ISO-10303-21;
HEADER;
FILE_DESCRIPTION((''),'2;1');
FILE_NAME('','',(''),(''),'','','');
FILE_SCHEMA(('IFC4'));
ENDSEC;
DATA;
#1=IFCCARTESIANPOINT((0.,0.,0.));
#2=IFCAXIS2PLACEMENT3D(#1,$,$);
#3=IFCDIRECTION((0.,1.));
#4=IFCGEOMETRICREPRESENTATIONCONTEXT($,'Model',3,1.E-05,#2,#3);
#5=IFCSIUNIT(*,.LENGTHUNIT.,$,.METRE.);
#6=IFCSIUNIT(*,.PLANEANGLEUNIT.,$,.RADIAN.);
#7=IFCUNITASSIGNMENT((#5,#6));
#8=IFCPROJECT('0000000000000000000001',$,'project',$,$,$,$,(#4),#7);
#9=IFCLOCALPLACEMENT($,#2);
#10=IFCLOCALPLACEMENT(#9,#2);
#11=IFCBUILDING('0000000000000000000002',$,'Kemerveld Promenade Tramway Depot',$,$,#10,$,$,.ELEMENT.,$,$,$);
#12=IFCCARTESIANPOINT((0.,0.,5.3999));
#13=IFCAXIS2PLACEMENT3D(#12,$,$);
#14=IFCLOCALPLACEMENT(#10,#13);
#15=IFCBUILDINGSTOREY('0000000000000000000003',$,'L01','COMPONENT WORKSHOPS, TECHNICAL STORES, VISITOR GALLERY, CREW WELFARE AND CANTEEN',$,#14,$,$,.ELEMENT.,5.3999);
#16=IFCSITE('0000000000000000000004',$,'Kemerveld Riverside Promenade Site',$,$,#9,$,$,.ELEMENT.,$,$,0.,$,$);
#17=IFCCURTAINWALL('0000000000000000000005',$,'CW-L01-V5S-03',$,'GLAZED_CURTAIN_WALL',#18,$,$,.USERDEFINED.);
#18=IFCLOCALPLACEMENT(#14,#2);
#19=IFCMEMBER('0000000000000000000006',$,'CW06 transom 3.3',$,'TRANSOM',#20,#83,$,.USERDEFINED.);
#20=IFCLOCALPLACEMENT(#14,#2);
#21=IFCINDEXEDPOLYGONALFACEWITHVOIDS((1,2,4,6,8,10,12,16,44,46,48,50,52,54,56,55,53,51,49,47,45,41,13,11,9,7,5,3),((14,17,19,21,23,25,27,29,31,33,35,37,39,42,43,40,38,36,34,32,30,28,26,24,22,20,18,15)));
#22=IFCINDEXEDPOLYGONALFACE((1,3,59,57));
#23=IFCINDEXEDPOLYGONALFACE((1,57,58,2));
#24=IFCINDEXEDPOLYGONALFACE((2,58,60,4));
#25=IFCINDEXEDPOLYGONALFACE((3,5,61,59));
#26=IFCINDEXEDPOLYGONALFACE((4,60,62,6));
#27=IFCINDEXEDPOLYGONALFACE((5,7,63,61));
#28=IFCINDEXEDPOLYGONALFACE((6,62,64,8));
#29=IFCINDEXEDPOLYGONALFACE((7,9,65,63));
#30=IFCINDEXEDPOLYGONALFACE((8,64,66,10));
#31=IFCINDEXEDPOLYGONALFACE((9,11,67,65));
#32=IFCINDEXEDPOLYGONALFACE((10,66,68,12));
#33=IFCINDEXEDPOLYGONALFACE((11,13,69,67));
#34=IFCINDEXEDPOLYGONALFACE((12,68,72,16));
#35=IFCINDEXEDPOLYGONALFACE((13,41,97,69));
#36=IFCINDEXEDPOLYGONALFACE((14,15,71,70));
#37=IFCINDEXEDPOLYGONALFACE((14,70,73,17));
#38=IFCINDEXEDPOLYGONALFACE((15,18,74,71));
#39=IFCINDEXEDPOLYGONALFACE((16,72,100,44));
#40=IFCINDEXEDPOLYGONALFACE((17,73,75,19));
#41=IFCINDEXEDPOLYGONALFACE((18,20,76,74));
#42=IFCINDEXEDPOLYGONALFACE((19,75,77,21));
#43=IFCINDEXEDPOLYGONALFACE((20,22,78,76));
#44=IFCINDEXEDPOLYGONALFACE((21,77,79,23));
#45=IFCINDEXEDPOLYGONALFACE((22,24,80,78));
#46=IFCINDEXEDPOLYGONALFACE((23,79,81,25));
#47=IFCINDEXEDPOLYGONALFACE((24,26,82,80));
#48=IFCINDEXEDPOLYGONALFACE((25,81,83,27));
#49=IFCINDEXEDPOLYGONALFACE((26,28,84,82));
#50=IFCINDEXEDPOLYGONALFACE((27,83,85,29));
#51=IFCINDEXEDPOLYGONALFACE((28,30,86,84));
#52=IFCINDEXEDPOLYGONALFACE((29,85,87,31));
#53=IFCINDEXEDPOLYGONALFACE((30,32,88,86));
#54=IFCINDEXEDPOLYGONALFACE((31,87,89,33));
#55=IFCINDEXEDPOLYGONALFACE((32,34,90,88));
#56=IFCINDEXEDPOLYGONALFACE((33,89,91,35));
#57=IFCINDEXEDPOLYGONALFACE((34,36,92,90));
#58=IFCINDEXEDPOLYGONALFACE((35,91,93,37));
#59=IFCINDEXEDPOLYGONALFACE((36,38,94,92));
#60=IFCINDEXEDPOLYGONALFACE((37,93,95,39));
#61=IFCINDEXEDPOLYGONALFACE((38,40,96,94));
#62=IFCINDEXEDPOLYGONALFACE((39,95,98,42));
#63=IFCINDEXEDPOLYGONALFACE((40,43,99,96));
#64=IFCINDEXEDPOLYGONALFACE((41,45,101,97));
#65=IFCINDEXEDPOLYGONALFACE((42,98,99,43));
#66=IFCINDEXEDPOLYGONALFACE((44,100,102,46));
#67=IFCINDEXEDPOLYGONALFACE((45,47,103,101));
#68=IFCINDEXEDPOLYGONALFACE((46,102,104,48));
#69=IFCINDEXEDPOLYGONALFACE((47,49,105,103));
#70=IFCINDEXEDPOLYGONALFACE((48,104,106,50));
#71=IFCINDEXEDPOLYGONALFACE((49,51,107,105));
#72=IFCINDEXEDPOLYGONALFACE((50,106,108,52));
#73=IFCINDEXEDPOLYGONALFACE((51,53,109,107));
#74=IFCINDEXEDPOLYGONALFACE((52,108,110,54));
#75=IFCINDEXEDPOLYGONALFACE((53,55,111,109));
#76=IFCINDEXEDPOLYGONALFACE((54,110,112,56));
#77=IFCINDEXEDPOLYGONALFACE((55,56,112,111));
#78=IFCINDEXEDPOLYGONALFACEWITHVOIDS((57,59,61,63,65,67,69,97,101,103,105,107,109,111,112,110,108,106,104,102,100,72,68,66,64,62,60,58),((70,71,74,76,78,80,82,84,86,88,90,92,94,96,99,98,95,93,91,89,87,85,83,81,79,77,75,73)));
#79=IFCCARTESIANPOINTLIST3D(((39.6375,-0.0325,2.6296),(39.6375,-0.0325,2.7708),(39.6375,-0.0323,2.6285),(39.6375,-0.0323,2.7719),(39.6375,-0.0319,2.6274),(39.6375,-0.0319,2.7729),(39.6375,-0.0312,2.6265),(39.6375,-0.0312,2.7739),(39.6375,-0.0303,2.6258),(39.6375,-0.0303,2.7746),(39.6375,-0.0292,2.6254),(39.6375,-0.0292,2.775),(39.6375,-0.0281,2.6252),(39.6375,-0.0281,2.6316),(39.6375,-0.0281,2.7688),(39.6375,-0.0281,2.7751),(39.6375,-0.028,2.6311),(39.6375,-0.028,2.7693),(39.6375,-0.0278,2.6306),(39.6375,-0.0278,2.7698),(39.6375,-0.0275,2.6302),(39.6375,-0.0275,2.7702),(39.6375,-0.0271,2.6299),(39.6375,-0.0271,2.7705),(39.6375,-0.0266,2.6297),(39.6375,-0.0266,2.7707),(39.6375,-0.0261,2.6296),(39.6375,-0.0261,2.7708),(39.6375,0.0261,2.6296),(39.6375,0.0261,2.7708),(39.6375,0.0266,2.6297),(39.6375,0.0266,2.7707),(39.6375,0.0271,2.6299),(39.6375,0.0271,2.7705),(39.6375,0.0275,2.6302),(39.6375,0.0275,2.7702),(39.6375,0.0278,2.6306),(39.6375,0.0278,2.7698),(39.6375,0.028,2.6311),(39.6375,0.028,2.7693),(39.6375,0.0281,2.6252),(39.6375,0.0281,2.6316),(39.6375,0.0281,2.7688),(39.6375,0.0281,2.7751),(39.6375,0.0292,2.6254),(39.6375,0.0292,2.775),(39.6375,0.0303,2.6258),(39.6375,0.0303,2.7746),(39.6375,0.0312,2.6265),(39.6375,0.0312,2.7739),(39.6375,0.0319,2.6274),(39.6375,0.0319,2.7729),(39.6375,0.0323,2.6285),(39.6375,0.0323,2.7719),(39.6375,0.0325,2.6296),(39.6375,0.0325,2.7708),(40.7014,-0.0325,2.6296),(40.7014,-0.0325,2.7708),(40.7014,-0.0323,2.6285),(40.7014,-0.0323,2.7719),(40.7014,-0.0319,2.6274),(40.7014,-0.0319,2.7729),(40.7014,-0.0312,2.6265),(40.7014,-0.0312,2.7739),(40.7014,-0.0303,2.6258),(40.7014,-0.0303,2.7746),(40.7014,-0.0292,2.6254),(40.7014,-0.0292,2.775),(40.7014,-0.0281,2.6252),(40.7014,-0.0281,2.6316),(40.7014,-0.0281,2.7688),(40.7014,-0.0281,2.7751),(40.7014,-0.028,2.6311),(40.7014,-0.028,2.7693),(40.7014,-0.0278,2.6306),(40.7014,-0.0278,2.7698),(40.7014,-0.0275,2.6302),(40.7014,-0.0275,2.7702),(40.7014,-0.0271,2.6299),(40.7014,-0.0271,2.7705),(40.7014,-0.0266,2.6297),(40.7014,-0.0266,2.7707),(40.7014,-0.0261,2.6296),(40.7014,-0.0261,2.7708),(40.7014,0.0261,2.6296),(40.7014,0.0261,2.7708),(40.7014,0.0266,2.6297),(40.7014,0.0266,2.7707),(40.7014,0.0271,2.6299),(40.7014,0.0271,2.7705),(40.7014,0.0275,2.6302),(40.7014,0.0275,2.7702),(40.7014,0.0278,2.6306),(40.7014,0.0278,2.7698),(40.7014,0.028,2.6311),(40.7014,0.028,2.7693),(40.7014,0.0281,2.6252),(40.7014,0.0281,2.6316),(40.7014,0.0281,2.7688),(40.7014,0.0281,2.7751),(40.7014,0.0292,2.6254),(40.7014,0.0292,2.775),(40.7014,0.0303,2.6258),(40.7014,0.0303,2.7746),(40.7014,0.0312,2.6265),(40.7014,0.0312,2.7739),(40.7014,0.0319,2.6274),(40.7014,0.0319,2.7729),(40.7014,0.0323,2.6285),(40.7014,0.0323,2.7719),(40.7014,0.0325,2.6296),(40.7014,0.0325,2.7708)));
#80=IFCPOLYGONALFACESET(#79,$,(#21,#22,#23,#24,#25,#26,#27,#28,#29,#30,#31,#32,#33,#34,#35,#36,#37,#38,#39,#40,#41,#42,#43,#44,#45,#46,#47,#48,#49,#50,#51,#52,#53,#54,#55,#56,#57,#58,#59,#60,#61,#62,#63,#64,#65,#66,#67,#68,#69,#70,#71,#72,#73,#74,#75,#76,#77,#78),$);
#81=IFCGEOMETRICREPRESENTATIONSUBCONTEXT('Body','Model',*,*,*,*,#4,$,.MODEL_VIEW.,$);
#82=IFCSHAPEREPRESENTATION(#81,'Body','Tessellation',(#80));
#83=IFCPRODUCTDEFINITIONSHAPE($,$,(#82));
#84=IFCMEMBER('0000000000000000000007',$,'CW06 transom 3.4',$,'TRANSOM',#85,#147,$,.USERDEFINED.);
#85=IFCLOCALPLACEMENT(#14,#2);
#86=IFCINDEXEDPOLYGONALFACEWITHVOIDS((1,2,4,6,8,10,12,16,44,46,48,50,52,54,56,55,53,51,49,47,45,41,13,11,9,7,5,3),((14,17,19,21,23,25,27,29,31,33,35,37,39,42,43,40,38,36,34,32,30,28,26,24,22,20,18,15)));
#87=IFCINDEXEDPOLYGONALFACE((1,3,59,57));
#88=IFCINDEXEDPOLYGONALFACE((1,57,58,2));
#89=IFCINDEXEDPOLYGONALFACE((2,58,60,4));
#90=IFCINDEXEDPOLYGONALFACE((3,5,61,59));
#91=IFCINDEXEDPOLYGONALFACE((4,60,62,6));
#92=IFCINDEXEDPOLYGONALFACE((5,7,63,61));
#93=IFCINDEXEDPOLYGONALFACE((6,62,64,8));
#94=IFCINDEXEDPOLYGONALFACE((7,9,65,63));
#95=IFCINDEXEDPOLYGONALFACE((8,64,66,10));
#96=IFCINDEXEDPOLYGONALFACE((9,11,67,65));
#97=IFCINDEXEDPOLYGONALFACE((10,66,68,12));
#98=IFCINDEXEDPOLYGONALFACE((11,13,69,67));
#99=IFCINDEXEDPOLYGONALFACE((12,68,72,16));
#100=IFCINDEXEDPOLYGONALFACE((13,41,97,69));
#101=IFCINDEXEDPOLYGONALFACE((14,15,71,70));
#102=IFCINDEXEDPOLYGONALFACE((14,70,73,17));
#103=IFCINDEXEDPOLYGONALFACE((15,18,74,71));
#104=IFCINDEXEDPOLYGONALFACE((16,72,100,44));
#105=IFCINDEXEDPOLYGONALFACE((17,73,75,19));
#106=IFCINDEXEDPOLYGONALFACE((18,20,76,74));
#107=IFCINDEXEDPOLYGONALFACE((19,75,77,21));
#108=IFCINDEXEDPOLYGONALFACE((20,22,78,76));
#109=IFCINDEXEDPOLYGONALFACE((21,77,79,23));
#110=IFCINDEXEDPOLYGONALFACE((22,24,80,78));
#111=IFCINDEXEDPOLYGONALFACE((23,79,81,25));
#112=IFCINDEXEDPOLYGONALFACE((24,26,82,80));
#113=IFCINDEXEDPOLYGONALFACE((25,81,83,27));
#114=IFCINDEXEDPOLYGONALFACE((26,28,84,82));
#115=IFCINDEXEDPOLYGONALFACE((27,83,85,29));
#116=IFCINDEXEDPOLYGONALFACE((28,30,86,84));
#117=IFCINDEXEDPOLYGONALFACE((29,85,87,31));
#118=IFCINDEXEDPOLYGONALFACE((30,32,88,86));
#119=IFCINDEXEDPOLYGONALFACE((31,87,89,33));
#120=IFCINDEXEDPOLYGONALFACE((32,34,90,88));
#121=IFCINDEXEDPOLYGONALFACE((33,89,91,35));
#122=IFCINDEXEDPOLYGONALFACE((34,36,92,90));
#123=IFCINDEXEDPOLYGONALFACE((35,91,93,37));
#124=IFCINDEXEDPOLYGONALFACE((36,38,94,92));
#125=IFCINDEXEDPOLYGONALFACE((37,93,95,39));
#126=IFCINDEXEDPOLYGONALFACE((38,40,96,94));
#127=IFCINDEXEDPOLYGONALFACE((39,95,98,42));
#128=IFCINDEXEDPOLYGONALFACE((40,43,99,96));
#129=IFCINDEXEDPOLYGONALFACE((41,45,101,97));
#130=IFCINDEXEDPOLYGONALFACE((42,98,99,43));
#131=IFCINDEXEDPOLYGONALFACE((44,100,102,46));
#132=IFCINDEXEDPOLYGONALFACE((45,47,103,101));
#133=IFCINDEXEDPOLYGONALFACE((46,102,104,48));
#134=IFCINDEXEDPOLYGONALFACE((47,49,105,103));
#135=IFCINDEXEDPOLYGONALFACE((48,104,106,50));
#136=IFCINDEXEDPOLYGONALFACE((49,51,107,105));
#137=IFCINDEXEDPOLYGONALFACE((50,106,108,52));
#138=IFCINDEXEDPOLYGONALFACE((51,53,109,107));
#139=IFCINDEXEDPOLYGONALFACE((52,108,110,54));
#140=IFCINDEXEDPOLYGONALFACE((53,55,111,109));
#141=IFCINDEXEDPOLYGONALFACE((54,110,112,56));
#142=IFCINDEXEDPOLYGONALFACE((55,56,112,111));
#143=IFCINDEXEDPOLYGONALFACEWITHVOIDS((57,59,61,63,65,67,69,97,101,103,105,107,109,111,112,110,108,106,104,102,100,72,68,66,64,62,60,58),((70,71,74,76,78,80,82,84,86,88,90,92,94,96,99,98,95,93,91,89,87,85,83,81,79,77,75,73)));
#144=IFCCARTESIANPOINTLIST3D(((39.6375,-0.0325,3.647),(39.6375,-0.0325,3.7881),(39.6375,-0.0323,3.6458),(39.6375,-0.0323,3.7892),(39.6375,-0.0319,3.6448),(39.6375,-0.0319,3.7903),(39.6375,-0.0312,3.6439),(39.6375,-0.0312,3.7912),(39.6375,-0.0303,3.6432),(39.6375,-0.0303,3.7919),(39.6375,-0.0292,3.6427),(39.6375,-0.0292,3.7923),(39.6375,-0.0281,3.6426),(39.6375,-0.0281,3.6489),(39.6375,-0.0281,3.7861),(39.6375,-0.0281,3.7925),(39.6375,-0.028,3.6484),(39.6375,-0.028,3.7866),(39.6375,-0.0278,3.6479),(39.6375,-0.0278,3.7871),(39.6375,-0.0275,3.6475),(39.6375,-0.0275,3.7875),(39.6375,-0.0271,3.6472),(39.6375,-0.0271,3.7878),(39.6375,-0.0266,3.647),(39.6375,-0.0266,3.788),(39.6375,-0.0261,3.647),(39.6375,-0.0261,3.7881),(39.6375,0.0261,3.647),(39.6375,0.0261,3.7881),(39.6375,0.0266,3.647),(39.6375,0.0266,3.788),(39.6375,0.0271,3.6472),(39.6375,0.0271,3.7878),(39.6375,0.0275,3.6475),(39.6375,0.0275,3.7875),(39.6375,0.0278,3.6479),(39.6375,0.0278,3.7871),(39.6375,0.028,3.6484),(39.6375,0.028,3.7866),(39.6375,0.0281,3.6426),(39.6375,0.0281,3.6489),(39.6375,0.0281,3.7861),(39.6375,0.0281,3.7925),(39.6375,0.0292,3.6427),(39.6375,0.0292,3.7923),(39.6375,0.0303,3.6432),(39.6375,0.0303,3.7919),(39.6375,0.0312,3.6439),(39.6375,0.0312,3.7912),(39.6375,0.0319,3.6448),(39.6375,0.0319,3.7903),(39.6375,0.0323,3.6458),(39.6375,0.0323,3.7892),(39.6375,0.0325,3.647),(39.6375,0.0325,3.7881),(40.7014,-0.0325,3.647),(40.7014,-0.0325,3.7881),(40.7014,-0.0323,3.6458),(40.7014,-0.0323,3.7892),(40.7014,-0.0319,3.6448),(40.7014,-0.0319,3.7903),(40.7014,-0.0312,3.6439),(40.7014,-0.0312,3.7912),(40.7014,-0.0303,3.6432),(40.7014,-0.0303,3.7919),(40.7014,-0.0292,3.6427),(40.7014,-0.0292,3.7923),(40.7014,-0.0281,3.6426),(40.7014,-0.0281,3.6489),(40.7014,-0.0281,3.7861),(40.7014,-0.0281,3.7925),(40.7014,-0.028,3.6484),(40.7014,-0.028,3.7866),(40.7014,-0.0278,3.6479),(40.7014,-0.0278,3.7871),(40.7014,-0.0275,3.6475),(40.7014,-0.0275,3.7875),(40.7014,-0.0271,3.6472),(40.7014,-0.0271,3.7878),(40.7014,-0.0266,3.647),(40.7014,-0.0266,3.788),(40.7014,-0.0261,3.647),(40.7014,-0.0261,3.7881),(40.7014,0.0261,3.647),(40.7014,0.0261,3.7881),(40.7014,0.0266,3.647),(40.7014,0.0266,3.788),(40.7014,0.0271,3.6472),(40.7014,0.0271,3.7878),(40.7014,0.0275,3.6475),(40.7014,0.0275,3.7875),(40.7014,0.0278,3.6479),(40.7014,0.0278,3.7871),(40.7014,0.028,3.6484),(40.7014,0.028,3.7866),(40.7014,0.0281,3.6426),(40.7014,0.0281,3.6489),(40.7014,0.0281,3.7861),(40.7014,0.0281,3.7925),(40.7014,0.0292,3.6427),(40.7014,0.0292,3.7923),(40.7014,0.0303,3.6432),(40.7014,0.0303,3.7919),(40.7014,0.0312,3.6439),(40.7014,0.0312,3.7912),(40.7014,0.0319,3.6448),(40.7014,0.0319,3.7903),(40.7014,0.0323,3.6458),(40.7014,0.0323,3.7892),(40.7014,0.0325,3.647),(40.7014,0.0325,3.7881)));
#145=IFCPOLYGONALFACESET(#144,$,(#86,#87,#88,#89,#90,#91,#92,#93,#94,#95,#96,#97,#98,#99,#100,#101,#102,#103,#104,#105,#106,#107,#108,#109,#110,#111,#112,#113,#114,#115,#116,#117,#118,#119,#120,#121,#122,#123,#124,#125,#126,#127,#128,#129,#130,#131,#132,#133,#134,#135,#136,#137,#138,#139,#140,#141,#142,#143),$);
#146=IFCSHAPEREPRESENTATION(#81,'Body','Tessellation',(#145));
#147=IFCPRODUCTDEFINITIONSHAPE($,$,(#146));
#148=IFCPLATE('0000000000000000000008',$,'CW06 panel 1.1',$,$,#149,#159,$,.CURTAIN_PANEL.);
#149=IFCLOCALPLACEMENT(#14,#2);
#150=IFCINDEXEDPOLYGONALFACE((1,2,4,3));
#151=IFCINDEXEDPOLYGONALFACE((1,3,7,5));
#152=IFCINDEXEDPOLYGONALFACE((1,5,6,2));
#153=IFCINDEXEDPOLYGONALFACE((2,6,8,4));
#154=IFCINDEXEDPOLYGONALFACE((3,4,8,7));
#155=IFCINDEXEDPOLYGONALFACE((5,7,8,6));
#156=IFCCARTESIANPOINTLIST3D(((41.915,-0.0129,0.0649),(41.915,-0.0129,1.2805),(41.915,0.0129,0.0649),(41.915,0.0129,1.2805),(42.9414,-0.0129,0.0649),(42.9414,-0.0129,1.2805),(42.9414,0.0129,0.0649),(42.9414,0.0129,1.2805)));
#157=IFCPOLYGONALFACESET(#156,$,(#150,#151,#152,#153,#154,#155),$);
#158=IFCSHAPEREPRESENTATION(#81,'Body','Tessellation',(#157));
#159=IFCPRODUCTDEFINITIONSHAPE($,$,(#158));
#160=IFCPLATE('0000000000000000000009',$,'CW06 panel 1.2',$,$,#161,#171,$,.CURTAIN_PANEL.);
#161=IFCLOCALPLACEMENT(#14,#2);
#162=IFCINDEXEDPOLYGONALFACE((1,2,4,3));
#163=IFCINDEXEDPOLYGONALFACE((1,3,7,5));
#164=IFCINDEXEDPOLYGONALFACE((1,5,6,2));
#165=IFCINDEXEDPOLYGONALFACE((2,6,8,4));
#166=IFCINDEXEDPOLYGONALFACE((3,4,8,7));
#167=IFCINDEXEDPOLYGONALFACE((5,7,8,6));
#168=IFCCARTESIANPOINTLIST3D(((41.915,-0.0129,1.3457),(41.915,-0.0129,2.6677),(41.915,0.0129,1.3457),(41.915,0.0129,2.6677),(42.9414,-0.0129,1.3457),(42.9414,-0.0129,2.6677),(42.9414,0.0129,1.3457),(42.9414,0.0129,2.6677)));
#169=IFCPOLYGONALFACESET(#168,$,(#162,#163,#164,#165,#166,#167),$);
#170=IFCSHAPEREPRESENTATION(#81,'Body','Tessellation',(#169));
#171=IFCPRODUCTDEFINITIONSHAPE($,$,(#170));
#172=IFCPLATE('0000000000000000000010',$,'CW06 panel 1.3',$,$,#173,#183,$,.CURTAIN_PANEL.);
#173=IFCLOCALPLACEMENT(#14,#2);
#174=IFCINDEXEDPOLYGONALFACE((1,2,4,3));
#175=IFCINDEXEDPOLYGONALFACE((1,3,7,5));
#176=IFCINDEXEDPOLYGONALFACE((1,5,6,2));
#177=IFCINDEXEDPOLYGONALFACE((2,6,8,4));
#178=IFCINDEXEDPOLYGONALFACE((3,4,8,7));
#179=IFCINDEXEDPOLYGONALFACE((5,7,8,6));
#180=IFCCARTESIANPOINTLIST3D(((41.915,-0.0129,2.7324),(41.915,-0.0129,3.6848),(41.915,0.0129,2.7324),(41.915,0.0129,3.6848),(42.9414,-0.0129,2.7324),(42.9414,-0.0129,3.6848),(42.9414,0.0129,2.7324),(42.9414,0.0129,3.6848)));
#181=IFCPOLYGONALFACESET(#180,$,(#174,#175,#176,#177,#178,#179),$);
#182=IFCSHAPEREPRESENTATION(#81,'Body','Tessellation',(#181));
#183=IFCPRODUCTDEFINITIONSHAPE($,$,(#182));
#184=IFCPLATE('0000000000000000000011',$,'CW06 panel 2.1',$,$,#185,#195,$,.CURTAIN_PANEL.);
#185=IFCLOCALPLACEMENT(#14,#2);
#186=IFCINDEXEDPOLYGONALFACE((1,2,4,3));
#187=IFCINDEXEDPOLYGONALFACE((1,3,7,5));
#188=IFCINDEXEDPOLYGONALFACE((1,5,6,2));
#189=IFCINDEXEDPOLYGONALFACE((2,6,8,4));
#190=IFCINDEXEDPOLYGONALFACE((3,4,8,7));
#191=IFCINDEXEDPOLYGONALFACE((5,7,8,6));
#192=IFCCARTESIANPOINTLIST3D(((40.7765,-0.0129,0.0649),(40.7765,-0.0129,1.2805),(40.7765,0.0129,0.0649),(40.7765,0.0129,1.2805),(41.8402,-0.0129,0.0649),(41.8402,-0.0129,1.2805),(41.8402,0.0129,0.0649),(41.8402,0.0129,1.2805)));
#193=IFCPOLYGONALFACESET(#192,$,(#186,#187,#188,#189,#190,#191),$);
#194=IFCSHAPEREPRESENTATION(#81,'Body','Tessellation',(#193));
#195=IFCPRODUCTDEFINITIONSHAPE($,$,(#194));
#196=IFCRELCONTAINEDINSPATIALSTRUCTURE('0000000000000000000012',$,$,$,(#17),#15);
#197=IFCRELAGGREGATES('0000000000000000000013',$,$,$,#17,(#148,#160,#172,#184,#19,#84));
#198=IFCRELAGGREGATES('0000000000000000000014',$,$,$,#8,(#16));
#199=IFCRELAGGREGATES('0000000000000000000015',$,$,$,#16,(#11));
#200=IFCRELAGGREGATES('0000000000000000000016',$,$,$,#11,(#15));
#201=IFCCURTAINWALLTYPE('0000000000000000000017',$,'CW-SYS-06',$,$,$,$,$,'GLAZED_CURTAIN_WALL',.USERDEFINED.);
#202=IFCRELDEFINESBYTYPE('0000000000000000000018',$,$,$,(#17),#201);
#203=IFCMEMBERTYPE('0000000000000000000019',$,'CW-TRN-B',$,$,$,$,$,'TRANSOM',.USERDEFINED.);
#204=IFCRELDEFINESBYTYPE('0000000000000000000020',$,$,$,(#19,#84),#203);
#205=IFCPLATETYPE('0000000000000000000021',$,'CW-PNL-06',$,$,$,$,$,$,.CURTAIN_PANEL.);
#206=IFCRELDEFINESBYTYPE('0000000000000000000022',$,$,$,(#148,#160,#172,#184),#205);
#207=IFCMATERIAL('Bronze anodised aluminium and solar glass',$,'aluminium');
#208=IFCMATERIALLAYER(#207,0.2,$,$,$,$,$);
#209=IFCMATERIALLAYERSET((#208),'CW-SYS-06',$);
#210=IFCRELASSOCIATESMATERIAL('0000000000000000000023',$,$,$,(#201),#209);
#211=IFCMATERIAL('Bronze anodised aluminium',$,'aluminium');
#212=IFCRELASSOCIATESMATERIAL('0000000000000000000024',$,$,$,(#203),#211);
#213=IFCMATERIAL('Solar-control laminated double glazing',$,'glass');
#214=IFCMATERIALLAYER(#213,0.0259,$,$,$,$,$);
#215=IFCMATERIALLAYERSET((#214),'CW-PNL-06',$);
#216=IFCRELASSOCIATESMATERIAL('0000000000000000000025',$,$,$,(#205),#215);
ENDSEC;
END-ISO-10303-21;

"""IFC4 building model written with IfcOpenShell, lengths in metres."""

from ifc_helpers import new_model, si_unit, direction, frame, origin, origin_2d, place, context, subcontext, project, spatial, rectangle, hollow_rectangle, extrude, material, layer, layer_set, material_profile, profile_set, type_object, element, aggregate, save


model = new_model("IFC4")

# Units and contexts
model_context = context("Model", 3, precision=1e-05, world=origin(), true_north=direction((0.0, 1.0)))
body_context = subcontext(model_context, "Body", "Model", "MODEL_VIEW")
ifc_project = project(units=[si_unit("LENGTHUNIT", "METRE"), si_unit("PLANEANGLEUNIT", "RADIAN")], contexts=[model_context])

# Site, building, storey
site_placement = place(None, origin())
site = spatial("IfcSite", under=ifc_project, at=site_placement, Name="Kemerveld Riverside Promenade Site", CompositionType="ELEMENT", RefElevation=0.0)
building_placement = place(site_placement, origin())
building = spatial("IfcBuilding", under=site, at=building_placement, Name="Kemerveld Promenade Tramway Depot", CompositionType="ELEMENT")
storey_placement = place(building_placement, frame((0.0, 0.0, 5.3999)))
storey = spatial("IfcBuildingStorey", under=building, at=storey_placement, Name="L01", Description="COMPONENT WORKSHOPS, TECHNICAL STORES, VISITOR GALLERY, CREW WELFARE AND CANTEEN", CompositionType="ELEMENT", Elevation=5.3999)

# Curtain wall, members, plates
ifc_material_1 = material(Name="Bronze anodised aluminium and solar glass", Category="aluminium")
ifc_layer_1 = layer(ifc_material_1, 0.2)
ifc_layer_set_1 = layer_set([ifc_layer_1], Name="CW-SYS-06")
curtain_wall_type = type_object("IfcCurtainWallType", Name="CW-SYS-06", ElementType="GLAZED_CURTAIN_WALL", PredefinedType="USERDEFINED", material=ifc_layer_set_1)
curtain_wall_placement = place(storey_placement, origin())
curtain_wall = element("IfcCurtainWall", 1, at=curtain_wall_placement, inside=storey, type_object=curtain_wall_type, Name="CW-L01-V5S-03", ObjectType="GLAZED_CURTAIN_WALL", PredefinedType="USERDEFINED")
ifc_material_2 = material(Name="Bronze anodised aluminium", Category="aluminium")
ifc_material_profile_1 = material_profile(ifc_material_2, hollow_rectangle(XDim=0.0649, YDim=0.1499, WallThickness=0.0044, InnerFilletRadius=0.002, OuterFilletRadius=0.0044, at=origin_2d()), Name="CW-TRN-150x65")
ifc_profile_set_1 = profile_set([ifc_material_profile_1], Name="Bronze anodised aluminium")
member_type_1 = type_object("IfcMemberType", Name="CW-TRN-B", ElementType="TRANSOM", PredefinedType="USERDEFINED", material=ifc_profile_set_1)
member_1_placement = place(storey_placement, frame((40.7014, 0.0, 2.7002), z_axis=(-1.0, 0.0, 0.0), x_axis=(0.0, -1.0, 0.0)))
member_1 = element("IfcMember", 2, at=member_1_placement, type_object=member_type_1, Name="CW06 transom 3.3", ObjectType="TRANSOM", PredefinedType="USERDEFINED", context=body_context, shape_type="SweptSolid", body=[
    extrude(hollow_rectangle(XDim=0.0649, YDim=0.1499, WallThickness=0.0044, InnerFilletRadius=0.002, OuterFilletRadius=0.0044, at=origin_2d()), origin(), (0.0, 0.0, 1.0), 1.064),
])
member_2_placement = place(storey_placement, frame((40.7014, 0.0, 3.7175), z_axis=(-1.0, 0.0, 0.0), x_axis=(0.0, -1.0, 0.0)))
member_2 = element("IfcMember", 3, at=member_2_placement, type_object=member_type_1, Name="CW06 transom 3.4", ObjectType="TRANSOM", PredefinedType="USERDEFINED", context=body_context, shape_type="SweptSolid", body=[
    extrude(hollow_rectangle(XDim=0.0649, YDim=0.1499, WallThickness=0.0044, InnerFilletRadius=0.002, OuterFilletRadius=0.0044, at=origin_2d()), origin(), (0.0, 0.0, 1.0), 1.064),
])
ifc_material_3 = material(Name="Solar-control laminated double glazing", Category="glass")
ifc_layer_2 = layer(ifc_material_3, 0.0259)
ifc_layer_set_2 = layer_set([ifc_layer_2], Name="CW-PNL-06")
plate_type = type_object("IfcPlateType", Name="CW-PNL-06", PredefinedType="CURTAIN_PANEL", material=ifc_layer_set_2)
plate_1_placement = place(storey_placement, frame((42.4282, 0.0, 0.0649), z_axis=(0.0, 0.0, 1.0), x_axis=(-1.0, 0.0, 0.0)))
plate_1 = element("IfcPlate", 4, at=plate_1_placement, type_object=plate_type, Name="CW06 panel 1.1", PredefinedType="CURTAIN_PANEL", context=body_context, shape_type="SweptSolid", body=[
    extrude(rectangle(XDim=1.0264, YDim=0.0259, at=origin_2d()), origin(), (0.0, 0.0, 1.0), 1.2156),
])
plate_2_placement = place(storey_placement, frame((42.4282, 0.0, 1.3457), z_axis=(0.0, 0.0, 1.0), x_axis=(-1.0, 0.0, 0.0)))
plate_2 = element("IfcPlate", 5, at=plate_2_placement, type_object=plate_type, Name="CW06 panel 1.2", PredefinedType="CURTAIN_PANEL", context=body_context, shape_type="SweptSolid", body=[
    extrude(rectangle(XDim=1.0264, YDim=0.0259, at=origin_2d()), origin(), (0.0, 0.0, 1.0), 1.322),
])
plate_3_placement = place(storey_placement, frame((42.4282, 0.0, 2.7324), z_axis=(0.0, 0.0, 1.0), x_axis=(-1.0, 0.0, 0.0)))
plate_3 = element("IfcPlate", 6, at=plate_3_placement, type_object=plate_type, Name="CW06 panel 1.3", PredefinedType="CURTAIN_PANEL", context=body_context, shape_type="SweptSolid", body=[
    extrude(rectangle(XDim=1.0264, YDim=0.0259, at=origin_2d()), origin(), (0.0, 0.0, 1.0), 0.9524),
])
plate_4_placement = place(storey_placement, frame((41.3083, 0.0, 0.0649), z_axis=(0.0, 0.0, 1.0), x_axis=(-1.0, 0.0, 0.0)))
plate_4 = element("IfcPlate", 7, at=plate_4_placement, type_object=plate_type, Name="CW06 panel 2.1", PredefinedType="CURTAIN_PANEL", context=body_context, shape_type="SweptSolid", body=[
    extrude(rectangle(XDim=1.0637, YDim=0.0259, at=origin_2d()), origin(), (0.0, 0.0, 1.0), 1.2156),
])
aggregate(curtain_wall, [plate_1, plate_2, plate_3, plate_4, member_1, member_2])

save(model, "model.ifc")
